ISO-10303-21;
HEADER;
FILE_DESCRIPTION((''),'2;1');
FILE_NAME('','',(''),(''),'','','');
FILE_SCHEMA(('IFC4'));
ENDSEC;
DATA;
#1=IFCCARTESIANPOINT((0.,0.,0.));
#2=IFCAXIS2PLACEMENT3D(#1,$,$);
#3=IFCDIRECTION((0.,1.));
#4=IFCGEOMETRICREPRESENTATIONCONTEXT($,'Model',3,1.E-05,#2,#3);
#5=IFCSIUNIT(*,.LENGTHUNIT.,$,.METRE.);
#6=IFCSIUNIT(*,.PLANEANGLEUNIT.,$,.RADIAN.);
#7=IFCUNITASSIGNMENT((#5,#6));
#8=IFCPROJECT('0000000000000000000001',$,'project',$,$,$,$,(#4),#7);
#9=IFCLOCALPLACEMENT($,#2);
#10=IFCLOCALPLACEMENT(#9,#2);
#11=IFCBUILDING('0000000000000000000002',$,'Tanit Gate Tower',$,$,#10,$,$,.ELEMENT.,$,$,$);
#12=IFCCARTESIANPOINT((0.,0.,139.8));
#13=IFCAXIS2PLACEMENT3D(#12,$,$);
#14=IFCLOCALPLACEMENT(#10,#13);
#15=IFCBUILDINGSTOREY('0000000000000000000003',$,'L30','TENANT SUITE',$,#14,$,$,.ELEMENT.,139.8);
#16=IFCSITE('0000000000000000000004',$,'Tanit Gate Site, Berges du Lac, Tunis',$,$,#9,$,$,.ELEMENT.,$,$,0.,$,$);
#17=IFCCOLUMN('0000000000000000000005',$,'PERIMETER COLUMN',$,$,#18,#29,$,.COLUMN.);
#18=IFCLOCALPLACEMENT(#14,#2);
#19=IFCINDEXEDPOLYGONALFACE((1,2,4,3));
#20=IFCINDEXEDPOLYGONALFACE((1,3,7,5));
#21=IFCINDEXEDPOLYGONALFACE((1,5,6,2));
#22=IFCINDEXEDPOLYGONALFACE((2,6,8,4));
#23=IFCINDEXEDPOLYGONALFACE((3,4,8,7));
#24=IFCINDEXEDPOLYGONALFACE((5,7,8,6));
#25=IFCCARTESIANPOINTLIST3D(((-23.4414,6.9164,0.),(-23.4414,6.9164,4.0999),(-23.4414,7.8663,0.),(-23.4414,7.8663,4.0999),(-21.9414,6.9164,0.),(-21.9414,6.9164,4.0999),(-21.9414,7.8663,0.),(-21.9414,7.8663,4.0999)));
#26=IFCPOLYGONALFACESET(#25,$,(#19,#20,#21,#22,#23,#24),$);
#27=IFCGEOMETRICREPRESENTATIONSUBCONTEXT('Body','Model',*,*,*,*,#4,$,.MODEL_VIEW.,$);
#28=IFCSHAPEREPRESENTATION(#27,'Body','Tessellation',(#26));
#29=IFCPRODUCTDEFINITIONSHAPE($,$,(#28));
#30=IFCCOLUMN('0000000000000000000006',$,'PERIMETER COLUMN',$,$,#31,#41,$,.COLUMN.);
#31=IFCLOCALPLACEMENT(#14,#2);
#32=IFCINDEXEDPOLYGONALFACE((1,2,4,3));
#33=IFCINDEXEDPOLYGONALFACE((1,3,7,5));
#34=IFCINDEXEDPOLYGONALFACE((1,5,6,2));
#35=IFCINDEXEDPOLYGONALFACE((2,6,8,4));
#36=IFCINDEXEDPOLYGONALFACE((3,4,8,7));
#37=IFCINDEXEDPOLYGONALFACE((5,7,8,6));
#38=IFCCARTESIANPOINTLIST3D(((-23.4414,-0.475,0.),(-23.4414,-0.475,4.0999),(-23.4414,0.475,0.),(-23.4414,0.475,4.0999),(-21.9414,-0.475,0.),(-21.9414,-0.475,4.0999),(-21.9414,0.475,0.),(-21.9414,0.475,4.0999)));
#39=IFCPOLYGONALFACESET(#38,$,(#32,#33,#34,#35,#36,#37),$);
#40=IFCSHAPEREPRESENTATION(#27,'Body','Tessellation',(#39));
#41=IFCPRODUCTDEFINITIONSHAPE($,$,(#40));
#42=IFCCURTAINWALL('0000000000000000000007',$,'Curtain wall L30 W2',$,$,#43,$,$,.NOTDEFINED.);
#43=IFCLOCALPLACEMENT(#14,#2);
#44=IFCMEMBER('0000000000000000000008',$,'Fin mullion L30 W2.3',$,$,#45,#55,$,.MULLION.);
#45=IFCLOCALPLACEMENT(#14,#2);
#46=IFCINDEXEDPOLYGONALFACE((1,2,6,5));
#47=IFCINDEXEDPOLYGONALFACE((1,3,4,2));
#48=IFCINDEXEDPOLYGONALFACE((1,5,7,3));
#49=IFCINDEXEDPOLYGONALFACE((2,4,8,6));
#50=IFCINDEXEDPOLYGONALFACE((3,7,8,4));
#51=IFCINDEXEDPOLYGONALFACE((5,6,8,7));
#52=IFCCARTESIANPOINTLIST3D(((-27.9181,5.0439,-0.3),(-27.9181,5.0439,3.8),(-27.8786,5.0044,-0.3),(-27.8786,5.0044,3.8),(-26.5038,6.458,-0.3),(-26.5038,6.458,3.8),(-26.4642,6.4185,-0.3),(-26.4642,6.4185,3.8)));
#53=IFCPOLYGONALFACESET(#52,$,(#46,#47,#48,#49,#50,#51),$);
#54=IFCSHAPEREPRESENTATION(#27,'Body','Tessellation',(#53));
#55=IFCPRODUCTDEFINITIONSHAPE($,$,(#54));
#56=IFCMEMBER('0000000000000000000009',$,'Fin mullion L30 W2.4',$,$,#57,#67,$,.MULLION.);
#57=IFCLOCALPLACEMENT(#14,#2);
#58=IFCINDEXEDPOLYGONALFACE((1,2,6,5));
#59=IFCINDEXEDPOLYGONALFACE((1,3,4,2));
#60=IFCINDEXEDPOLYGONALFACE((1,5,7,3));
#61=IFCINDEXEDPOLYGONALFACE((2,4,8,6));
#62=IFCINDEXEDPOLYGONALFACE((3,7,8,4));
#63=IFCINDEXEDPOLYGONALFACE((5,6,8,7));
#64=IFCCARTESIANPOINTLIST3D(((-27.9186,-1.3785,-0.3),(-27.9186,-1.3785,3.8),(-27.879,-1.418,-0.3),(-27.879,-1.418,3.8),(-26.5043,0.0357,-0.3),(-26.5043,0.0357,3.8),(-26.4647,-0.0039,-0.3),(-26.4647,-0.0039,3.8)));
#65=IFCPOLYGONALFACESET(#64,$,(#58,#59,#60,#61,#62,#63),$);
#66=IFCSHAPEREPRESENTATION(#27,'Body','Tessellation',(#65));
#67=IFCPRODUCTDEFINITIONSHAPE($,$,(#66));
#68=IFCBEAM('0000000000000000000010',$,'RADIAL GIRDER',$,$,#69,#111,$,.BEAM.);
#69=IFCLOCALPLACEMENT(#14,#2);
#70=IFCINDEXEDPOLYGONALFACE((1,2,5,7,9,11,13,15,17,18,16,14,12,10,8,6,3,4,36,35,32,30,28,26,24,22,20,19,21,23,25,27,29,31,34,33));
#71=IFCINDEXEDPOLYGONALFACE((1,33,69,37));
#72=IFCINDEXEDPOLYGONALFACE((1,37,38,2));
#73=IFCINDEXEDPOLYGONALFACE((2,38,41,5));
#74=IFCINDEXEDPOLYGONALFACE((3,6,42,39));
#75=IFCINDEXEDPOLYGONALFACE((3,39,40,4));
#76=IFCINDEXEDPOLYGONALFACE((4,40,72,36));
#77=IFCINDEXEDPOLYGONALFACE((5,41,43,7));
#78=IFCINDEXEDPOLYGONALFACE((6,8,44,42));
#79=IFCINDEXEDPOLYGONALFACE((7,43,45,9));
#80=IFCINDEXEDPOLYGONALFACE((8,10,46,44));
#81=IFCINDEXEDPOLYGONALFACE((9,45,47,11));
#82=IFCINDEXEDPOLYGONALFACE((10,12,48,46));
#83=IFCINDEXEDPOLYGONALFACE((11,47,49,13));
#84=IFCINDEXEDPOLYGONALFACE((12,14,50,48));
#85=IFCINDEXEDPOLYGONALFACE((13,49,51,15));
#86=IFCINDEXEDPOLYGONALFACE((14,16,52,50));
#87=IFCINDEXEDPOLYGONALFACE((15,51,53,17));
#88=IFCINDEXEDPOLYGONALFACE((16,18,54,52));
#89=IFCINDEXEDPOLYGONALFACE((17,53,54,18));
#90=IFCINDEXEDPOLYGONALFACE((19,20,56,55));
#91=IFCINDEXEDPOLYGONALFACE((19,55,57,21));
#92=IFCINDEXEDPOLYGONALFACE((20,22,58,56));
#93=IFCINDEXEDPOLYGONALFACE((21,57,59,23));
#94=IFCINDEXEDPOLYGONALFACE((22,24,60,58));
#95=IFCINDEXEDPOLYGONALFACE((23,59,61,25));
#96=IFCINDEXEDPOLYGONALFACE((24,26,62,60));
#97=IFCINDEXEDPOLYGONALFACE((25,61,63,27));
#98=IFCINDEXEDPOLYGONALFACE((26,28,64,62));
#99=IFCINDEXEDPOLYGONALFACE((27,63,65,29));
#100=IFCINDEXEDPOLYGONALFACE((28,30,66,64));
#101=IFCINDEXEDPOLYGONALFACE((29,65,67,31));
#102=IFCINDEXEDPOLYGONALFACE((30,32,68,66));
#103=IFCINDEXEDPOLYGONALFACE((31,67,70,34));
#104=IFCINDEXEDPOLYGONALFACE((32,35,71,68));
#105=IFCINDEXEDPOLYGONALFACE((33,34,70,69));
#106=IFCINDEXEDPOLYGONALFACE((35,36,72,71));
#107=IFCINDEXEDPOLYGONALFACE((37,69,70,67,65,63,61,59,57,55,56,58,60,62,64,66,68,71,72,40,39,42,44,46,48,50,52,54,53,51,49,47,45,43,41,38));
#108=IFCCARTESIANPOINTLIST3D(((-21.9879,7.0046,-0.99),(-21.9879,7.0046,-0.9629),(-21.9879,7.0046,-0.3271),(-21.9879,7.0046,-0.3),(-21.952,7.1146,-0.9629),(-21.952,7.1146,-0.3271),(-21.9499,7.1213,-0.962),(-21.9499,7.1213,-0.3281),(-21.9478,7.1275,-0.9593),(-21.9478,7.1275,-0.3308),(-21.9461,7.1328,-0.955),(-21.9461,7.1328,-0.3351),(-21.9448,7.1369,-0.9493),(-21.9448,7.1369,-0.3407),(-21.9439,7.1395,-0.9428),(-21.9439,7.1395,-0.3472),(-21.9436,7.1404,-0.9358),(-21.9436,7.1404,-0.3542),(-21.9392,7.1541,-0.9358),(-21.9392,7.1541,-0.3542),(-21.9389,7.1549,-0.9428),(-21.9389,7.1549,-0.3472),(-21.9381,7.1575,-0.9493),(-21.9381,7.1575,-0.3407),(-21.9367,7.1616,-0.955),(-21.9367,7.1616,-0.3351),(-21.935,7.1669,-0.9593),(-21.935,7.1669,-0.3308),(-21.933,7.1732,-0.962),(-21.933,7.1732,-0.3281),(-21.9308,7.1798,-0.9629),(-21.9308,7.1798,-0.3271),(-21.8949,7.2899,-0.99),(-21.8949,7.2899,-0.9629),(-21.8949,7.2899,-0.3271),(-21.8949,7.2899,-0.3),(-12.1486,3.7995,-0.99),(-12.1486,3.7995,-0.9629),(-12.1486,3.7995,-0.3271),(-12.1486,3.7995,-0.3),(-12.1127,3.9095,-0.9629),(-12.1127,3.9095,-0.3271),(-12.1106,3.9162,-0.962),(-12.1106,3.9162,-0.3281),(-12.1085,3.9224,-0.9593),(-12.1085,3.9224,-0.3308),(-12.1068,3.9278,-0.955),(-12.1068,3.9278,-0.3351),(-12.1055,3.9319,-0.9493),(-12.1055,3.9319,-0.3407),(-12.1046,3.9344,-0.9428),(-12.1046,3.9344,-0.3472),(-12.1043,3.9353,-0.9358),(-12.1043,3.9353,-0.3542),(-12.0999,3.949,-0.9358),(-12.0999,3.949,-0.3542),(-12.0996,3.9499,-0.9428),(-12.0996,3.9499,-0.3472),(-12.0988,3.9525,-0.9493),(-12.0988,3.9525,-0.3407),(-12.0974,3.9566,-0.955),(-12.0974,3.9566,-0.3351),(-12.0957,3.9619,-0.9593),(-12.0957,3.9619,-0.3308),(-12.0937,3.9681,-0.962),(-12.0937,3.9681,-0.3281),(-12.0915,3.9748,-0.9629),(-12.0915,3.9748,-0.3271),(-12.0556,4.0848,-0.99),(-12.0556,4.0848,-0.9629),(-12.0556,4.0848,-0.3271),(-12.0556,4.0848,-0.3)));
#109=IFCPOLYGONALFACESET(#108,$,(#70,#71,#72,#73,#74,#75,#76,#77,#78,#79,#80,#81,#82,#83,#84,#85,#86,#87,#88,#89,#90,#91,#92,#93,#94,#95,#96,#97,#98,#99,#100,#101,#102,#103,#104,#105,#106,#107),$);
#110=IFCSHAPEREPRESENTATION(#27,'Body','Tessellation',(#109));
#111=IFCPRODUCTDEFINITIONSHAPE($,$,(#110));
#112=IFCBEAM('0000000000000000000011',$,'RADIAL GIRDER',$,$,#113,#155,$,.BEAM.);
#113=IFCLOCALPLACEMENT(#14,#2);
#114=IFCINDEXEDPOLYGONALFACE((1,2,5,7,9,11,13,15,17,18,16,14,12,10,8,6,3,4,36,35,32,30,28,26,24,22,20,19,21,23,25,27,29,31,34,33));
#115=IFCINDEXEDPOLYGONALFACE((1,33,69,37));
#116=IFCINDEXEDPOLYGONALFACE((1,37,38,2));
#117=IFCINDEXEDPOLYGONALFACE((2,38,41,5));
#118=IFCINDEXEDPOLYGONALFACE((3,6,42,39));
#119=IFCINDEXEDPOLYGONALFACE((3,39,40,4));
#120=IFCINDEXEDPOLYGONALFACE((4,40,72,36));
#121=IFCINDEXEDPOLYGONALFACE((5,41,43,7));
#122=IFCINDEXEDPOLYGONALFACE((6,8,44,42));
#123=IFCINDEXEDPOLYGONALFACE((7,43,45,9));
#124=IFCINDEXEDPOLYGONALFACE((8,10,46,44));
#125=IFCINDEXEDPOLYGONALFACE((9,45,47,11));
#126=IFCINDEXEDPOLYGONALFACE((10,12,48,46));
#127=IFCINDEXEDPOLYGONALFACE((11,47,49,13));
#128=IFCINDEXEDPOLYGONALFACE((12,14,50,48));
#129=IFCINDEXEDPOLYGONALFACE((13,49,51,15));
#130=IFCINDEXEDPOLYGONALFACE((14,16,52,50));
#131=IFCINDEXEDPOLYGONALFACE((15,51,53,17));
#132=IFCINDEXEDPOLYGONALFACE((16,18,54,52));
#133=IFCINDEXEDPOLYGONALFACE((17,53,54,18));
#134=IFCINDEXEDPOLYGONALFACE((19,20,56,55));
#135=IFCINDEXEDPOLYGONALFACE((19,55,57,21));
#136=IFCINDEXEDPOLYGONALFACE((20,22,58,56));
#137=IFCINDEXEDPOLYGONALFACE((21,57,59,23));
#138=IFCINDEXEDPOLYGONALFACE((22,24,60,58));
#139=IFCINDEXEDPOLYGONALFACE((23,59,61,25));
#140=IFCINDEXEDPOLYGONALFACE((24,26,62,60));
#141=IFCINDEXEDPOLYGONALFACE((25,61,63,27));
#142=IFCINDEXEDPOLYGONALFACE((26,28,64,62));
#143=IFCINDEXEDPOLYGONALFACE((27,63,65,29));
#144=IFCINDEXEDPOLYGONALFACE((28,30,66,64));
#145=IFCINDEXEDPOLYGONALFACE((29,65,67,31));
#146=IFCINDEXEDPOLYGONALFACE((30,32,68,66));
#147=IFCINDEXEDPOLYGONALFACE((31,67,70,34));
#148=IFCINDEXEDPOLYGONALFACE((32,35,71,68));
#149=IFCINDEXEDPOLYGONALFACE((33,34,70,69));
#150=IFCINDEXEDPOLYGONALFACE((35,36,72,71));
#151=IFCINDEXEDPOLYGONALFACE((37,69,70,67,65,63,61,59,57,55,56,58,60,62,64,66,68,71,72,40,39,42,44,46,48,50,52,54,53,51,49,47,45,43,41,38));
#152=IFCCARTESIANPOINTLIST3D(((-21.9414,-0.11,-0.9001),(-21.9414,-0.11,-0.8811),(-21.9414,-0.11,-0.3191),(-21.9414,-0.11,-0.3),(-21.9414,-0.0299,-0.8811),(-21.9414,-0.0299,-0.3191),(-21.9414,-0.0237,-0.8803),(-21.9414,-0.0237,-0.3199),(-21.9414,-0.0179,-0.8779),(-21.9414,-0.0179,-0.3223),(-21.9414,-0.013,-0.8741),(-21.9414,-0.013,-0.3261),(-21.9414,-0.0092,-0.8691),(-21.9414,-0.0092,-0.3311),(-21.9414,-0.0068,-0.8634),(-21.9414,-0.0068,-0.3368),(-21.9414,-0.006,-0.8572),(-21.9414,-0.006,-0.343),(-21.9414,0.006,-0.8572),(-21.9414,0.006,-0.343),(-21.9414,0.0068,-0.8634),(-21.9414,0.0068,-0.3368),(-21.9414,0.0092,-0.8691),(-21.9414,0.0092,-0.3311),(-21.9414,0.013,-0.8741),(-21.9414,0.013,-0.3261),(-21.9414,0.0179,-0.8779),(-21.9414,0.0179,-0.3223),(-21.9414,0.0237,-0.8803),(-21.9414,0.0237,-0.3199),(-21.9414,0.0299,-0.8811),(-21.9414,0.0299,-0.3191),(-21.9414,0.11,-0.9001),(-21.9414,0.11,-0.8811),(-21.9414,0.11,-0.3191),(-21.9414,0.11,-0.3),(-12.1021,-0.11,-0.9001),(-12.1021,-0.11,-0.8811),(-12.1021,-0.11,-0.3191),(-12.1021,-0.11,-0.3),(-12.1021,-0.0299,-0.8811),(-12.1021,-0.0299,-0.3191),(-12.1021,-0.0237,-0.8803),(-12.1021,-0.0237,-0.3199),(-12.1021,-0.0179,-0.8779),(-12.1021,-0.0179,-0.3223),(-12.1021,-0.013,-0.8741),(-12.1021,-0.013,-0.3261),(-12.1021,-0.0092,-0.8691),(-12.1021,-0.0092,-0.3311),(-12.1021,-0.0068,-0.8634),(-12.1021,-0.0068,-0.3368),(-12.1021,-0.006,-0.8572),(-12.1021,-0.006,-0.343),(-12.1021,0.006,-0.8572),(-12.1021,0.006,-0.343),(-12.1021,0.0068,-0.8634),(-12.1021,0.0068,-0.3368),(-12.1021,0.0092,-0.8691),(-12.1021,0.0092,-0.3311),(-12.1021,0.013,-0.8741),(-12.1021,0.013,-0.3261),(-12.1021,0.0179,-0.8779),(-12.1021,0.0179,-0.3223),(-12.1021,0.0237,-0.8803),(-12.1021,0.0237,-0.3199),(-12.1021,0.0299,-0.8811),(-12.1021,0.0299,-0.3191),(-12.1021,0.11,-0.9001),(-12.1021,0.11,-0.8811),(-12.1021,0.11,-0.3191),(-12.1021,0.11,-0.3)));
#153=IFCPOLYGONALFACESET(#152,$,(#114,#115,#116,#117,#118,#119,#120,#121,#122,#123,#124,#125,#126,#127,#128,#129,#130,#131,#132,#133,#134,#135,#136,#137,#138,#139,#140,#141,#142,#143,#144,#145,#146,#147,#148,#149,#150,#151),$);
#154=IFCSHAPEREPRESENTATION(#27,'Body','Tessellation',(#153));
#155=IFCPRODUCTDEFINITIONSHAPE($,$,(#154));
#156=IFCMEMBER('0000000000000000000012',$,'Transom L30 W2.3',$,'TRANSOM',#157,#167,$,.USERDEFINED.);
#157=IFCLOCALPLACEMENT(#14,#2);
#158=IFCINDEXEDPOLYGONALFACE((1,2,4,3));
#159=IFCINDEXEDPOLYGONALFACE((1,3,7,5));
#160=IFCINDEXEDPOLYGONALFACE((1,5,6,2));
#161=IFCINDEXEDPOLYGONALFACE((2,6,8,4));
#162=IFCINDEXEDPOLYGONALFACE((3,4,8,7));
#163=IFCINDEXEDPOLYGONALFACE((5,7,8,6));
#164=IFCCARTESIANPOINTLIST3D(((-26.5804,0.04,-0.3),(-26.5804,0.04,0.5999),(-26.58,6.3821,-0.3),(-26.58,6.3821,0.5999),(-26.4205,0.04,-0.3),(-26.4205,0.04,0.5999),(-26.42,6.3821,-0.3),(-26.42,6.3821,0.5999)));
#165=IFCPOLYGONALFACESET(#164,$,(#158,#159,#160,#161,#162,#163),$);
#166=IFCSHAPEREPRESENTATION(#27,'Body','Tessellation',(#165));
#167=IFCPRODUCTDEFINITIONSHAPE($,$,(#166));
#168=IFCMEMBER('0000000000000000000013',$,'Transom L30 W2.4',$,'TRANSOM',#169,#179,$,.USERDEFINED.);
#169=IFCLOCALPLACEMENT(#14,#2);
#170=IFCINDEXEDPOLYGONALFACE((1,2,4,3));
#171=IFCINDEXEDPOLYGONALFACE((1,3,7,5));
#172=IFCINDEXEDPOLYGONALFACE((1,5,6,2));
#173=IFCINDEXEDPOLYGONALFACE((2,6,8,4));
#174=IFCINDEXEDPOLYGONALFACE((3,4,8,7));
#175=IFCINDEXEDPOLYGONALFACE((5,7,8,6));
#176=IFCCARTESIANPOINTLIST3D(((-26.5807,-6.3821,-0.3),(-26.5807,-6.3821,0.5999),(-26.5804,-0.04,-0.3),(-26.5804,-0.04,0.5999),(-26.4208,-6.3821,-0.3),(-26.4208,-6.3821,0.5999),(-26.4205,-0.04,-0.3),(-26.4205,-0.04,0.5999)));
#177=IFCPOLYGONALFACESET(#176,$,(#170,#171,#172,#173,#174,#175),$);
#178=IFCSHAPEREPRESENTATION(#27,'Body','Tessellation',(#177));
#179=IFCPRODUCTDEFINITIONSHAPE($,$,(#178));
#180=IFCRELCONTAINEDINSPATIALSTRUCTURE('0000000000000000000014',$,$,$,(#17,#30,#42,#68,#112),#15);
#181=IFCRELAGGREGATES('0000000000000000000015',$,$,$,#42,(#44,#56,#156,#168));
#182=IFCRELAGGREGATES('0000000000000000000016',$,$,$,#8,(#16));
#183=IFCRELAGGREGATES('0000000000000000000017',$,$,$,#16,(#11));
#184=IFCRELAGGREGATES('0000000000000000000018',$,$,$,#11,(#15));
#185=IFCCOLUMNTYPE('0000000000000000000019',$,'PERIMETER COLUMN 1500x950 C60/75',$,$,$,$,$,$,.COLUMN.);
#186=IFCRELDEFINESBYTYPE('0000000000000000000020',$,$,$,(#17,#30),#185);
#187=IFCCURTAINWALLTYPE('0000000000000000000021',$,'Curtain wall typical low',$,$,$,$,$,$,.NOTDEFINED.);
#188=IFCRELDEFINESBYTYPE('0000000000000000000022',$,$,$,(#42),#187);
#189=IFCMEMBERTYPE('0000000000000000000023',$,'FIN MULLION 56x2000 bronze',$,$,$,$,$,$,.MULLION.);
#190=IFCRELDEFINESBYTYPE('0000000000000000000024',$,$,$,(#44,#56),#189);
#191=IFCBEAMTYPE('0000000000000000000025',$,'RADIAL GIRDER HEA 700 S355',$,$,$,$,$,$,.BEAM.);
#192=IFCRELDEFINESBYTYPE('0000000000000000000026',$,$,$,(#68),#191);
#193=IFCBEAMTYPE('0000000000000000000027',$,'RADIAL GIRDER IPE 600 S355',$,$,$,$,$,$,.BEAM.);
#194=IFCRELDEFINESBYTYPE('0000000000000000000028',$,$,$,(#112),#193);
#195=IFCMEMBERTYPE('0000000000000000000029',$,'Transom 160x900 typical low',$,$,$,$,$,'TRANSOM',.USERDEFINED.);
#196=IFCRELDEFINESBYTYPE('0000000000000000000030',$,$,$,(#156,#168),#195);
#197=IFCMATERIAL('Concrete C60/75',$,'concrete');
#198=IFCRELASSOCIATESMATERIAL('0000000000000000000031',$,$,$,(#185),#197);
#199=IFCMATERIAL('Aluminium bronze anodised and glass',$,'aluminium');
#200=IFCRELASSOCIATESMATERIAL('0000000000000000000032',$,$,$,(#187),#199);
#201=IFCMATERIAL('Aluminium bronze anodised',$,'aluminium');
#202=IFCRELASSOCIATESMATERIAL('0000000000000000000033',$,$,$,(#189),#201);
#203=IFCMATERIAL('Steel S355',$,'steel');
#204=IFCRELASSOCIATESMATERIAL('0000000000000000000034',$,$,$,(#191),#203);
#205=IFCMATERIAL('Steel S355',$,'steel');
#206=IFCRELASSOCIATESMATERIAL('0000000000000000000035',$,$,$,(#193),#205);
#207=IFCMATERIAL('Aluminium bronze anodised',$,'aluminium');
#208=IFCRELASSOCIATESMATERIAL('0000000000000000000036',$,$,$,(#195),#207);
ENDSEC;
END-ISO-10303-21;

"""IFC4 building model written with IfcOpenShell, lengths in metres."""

from ifc_helpers import new_model, si_unit, direction, frame, origin, origin_2d, place, context, subcontext, project, spatial, rectangle, i_section, extrude, material, material_profile, profile_set, type_object, element, aggregate, save


model = new_model("IFC4")

# Units and contexts
model_context = context("Model", 3, precision=1e-05, world=origin(), true_north=direction((0.0, 1.0)))
body_context = subcontext(model_context, "Body", "Model", "MODEL_VIEW")
ifc_project = project(units=[si_unit("LENGTHUNIT", "METRE"), si_unit("PLANEANGLEUNIT", "RADIAN")], contexts=[model_context])

# Site, building, storey
site_placement = place(None, origin())
site = spatial("IfcSite", under=ifc_project, at=site_placement, Name="Tanit Gate Site, Berges du Lac, Tunis", CompositionType="ELEMENT", RefElevation=0.0)
building_placement = place(site_placement, origin())
building = spatial("IfcBuilding", under=site, at=building_placement, Name="Tanit Gate Tower", CompositionType="ELEMENT")
storey_placement = place(building_placement, frame((0.0, 0.0, 139.8)))
storey = spatial("IfcBuildingStorey", under=building, at=storey_placement, Name="L30", Description="TENANT SUITE", CompositionType="ELEMENT", Elevation=139.8)

# Columns
ifc_material_1 = material(Name="Concrete C60/75", Category="concrete")
ifc_material_profile_1 = material_profile(ifc_material_1, rectangle(XDim=1.5, YDim=0.95, at=origin_2d()), Name="RC 1500x950")
ifc_profile_set_1 = profile_set([ifc_material_profile_1], Name="Concrete C60/75")
column_type = type_object("IfcColumnType", Name="PERIMETER COLUMN 1500x950 C60/75", PredefinedType="COLUMN", material=ifc_profile_set_1)
for number, where, z_axis, x_axis, name in (
    (1, (-22.6914, 7.3914, 0.0), (0.0, 0.0, 1.0), (-1.0, 0.0, 0.0), "PERIMETER COLUMN"),
    (2, (-22.6914, 0.0, 0.0), (0.0, 0.0, 1.0), (-1.0, 0.0, 0.0), "PERIMETER COLUMN"),
):
    element("IfcColumn", number, at=place(storey_placement, frame(where, z_axis=z_axis, x_axis=x_axis)), inside=storey, type_object=column_type, Name=name, PredefinedType="COLUMN", context=body_context, shape_type="SweptSolid", body=[
        extrude(rectangle(XDim=1.5, YDim=0.95, at=origin_2d()), origin(), (0.0, 0.0, 1.0), 4.0999),
    ])

# Curtain wall, members
ifc_material_2 = material(Name="Aluminium bronze anodised and glass", Category="aluminium")
curtain_wall_type = type_object("IfcCurtainWallType", Name="Curtain wall typical low", PredefinedType="NOTDEFINED", material=ifc_material_2)
curtain_wall_placement = place(storey_placement, origin())
curtain_wall = element("IfcCurtainWall", 3, at=curtain_wall_placement, inside=storey, type_object=curtain_wall_type, Name="Curtain wall L30 W2", PredefinedType="NOTDEFINED")
ifc_material_3 = material(Name="Aluminium bronze anodised", Category="aluminium")
ifc_material_profile_2 = material_profile(ifc_material_3, rectangle(XDim=2.0, YDim=0.0559, at=origin_2d()), Name="56x2000 bronze fin mullion")
ifc_profile_set_2 = profile_set([ifc_material_profile_2], Name="Aluminium bronze anodised")
member_type_1 = type_object("IfcMemberType", Name="FIN MULLION 56x2000 bronze", PredefinedType="MULLION", material=ifc_profile_set_2)
member_1_placement = place(storey_placement, frame((-27.1912, 5.7312, -0.3), z_axis=(0.0, 0.0, 1.0), x_axis=(0.707156, 0.707058, 0.0)))
member_1 = element("IfcMember", 4, at=member_1_placement, type_object=member_type_1, Name="Fin mullion L30 W2.3", PredefinedType="MULLION", context=body_context, shape_type="SweptSolid", body=[
    extrude(rectangle(XDim=2.0, YDim=0.0559, at=origin_2d()), origin(), (0.0, 0.0, 1.0), 4.1001),
])
member_2_placement = place(storey_placement, frame((-27.1917, -0.6912, -0.3), z_axis=(0.0, 0.0, 1.0), x_axis=(0.707156, 0.707058, 0.0)))
member_2 = element("IfcMember", 5, at=member_2_placement, type_object=member_type_1, Name="Fin mullion L30 W2.4", PredefinedType="MULLION", context=body_context, shape_type="SweptSolid", body=[
    extrude(rectangle(XDim=2.0, YDim=0.0559, at=origin_2d()), origin(), (0.0, 0.0, 1.0), 4.1001),
])

# Beams
ifc_material_4 = material(Name="Steel S355", Category="steel")
ifc_material_profile_3 = material_profile(ifc_material_4, i_section(OverallWidth=0.3, OverallDepth=0.6899, WebThickness=0.0144, FlangeThickness=0.0271, FilletRadius=0.0271, at=origin_2d()), Name="HEA 700")
ifc_profile_set_3 = profile_set([ifc_material_profile_3], Name="Steel S355")
beam_type_1 = type_object("IfcBeamType", Name="RADIAL GIRDER HEA 700 S355", PredefinedType="BEAM", material=ifc_profile_set_3)
beam_1_placement = place(storey_placement, frame((-21.9414, 7.1472, -0.645), z_axis=(0.950827, -0.309723, 0.0), x_axis=(0.309723, 0.950827, 0.0)))
element("IfcBeam", 6, at=beam_1_placement, inside=storey, type_object=beam_type_1, Name="RADIAL GIRDER", PredefinedType="BEAM", context=body_context, shape_type="SweptSolid", body=[
    extrude(i_section(OverallWidth=0.3, OverallDepth=0.6899, WebThickness=0.0144, FlangeThickness=0.0271, FilletRadius=0.0271, at=origin_2d()), origin(), (0.0, 0.0, 1.0), 10.3481),
])
ifc_material_5 = material(Name="Steel S355", Category="steel")
ifc_material_profile_4 = material_profile(ifc_material_5, i_section(OverallWidth=0.22, OverallDepth=0.6001, WebThickness=0.012, FlangeThickness=0.019, FilletRadius=0.0239, at=origin_2d()), Name="IPE 600")
ifc_profile_set_4 = profile_set([ifc_material_profile_4], Name="Steel S355")
beam_type_2 = type_object("IfcBeamType", Name="RADIAL GIRDER IPE 600 S355", PredefinedType="BEAM", material=ifc_profile_set_4)
beam_2_placement = place(storey_placement, frame((-21.9414, 0.0, -0.6001), z_axis=(1.0, 0.0, 0.0), x_axis=(0.0, 1.0, 0.0)))
element("IfcBeam", 7, at=beam_2_placement, inside=storey, type_object=beam_type_2, Name="RADIAL GIRDER", PredefinedType="BEAM", context=body_context, shape_type="SweptSolid", body=[
    extrude(i_section(OverallWidth=0.22, OverallDepth=0.6001, WebThickness=0.012, FlangeThickness=0.019, FilletRadius=0.0239, at=origin_2d()), origin(), (0.0, 0.0, 1.0), 9.8394),
])

# Members
ifc_material_6 = material(Name="Aluminium bronze anodised", Category="aluminium")
ifc_material_profile_5 = material_profile(ifc_material_6, rectangle(XDim=0.1599, YDim=0.8999, at=origin_2d()), Name="160x900 bronze transom")
ifc_profile_set_5 = profile_set([ifc_material_profile_5], Name="Aluminium bronze anodised")
member_type_2 = type_object("IfcMemberType", Name="Transom 160x900 typical low", ElementType="TRANSOM", PredefinedType="USERDEFINED", material=ifc_profile_set_5)
member_3_placement = place(storey_placement, frame((-26.5, 6.3821, 0.1499), z_axis=(-0.000077, -1.0, 0.0), x_axis=(1.0, -0.000077, 0.0)))
member_3 = element("IfcMember", 8, at=member_3_placement, type_object=member_type_2, Name="Transom L30 W2.3", ObjectType="TRANSOM", PredefinedType="USERDEFINED", context=body_context, shape_type="SweptSolid", body=[
    extrude(rectangle(XDim=0.1599, YDim=0.8999, at=origin_2d()), origin(), (0.0, 0.0, 1.0), 6.342),
])
member_4_placement = place(storey_placement, frame((-26.5005, -0.04, 0.1499), z_axis=(-0.000038, -1.0, 0.0), x_axis=(1.0, -0.000038, 0.0)))
member_4 = element("IfcMember", 9, at=member_4_placement, type_object=member_type_2, Name="Transom L30 W2.4", ObjectType="TRANSOM", PredefinedType="USERDEFINED", context=body_context, shape_type="SweptSolid", body=[
    extrude(rectangle(XDim=0.1599, YDim=0.8999, at=origin_2d()), origin(), (0.0, 0.0, 1.0), 6.342),
])

aggregate(curtain_wall, [member_1, member_2, member_3, member_4])

save(model, "model.ifc")
